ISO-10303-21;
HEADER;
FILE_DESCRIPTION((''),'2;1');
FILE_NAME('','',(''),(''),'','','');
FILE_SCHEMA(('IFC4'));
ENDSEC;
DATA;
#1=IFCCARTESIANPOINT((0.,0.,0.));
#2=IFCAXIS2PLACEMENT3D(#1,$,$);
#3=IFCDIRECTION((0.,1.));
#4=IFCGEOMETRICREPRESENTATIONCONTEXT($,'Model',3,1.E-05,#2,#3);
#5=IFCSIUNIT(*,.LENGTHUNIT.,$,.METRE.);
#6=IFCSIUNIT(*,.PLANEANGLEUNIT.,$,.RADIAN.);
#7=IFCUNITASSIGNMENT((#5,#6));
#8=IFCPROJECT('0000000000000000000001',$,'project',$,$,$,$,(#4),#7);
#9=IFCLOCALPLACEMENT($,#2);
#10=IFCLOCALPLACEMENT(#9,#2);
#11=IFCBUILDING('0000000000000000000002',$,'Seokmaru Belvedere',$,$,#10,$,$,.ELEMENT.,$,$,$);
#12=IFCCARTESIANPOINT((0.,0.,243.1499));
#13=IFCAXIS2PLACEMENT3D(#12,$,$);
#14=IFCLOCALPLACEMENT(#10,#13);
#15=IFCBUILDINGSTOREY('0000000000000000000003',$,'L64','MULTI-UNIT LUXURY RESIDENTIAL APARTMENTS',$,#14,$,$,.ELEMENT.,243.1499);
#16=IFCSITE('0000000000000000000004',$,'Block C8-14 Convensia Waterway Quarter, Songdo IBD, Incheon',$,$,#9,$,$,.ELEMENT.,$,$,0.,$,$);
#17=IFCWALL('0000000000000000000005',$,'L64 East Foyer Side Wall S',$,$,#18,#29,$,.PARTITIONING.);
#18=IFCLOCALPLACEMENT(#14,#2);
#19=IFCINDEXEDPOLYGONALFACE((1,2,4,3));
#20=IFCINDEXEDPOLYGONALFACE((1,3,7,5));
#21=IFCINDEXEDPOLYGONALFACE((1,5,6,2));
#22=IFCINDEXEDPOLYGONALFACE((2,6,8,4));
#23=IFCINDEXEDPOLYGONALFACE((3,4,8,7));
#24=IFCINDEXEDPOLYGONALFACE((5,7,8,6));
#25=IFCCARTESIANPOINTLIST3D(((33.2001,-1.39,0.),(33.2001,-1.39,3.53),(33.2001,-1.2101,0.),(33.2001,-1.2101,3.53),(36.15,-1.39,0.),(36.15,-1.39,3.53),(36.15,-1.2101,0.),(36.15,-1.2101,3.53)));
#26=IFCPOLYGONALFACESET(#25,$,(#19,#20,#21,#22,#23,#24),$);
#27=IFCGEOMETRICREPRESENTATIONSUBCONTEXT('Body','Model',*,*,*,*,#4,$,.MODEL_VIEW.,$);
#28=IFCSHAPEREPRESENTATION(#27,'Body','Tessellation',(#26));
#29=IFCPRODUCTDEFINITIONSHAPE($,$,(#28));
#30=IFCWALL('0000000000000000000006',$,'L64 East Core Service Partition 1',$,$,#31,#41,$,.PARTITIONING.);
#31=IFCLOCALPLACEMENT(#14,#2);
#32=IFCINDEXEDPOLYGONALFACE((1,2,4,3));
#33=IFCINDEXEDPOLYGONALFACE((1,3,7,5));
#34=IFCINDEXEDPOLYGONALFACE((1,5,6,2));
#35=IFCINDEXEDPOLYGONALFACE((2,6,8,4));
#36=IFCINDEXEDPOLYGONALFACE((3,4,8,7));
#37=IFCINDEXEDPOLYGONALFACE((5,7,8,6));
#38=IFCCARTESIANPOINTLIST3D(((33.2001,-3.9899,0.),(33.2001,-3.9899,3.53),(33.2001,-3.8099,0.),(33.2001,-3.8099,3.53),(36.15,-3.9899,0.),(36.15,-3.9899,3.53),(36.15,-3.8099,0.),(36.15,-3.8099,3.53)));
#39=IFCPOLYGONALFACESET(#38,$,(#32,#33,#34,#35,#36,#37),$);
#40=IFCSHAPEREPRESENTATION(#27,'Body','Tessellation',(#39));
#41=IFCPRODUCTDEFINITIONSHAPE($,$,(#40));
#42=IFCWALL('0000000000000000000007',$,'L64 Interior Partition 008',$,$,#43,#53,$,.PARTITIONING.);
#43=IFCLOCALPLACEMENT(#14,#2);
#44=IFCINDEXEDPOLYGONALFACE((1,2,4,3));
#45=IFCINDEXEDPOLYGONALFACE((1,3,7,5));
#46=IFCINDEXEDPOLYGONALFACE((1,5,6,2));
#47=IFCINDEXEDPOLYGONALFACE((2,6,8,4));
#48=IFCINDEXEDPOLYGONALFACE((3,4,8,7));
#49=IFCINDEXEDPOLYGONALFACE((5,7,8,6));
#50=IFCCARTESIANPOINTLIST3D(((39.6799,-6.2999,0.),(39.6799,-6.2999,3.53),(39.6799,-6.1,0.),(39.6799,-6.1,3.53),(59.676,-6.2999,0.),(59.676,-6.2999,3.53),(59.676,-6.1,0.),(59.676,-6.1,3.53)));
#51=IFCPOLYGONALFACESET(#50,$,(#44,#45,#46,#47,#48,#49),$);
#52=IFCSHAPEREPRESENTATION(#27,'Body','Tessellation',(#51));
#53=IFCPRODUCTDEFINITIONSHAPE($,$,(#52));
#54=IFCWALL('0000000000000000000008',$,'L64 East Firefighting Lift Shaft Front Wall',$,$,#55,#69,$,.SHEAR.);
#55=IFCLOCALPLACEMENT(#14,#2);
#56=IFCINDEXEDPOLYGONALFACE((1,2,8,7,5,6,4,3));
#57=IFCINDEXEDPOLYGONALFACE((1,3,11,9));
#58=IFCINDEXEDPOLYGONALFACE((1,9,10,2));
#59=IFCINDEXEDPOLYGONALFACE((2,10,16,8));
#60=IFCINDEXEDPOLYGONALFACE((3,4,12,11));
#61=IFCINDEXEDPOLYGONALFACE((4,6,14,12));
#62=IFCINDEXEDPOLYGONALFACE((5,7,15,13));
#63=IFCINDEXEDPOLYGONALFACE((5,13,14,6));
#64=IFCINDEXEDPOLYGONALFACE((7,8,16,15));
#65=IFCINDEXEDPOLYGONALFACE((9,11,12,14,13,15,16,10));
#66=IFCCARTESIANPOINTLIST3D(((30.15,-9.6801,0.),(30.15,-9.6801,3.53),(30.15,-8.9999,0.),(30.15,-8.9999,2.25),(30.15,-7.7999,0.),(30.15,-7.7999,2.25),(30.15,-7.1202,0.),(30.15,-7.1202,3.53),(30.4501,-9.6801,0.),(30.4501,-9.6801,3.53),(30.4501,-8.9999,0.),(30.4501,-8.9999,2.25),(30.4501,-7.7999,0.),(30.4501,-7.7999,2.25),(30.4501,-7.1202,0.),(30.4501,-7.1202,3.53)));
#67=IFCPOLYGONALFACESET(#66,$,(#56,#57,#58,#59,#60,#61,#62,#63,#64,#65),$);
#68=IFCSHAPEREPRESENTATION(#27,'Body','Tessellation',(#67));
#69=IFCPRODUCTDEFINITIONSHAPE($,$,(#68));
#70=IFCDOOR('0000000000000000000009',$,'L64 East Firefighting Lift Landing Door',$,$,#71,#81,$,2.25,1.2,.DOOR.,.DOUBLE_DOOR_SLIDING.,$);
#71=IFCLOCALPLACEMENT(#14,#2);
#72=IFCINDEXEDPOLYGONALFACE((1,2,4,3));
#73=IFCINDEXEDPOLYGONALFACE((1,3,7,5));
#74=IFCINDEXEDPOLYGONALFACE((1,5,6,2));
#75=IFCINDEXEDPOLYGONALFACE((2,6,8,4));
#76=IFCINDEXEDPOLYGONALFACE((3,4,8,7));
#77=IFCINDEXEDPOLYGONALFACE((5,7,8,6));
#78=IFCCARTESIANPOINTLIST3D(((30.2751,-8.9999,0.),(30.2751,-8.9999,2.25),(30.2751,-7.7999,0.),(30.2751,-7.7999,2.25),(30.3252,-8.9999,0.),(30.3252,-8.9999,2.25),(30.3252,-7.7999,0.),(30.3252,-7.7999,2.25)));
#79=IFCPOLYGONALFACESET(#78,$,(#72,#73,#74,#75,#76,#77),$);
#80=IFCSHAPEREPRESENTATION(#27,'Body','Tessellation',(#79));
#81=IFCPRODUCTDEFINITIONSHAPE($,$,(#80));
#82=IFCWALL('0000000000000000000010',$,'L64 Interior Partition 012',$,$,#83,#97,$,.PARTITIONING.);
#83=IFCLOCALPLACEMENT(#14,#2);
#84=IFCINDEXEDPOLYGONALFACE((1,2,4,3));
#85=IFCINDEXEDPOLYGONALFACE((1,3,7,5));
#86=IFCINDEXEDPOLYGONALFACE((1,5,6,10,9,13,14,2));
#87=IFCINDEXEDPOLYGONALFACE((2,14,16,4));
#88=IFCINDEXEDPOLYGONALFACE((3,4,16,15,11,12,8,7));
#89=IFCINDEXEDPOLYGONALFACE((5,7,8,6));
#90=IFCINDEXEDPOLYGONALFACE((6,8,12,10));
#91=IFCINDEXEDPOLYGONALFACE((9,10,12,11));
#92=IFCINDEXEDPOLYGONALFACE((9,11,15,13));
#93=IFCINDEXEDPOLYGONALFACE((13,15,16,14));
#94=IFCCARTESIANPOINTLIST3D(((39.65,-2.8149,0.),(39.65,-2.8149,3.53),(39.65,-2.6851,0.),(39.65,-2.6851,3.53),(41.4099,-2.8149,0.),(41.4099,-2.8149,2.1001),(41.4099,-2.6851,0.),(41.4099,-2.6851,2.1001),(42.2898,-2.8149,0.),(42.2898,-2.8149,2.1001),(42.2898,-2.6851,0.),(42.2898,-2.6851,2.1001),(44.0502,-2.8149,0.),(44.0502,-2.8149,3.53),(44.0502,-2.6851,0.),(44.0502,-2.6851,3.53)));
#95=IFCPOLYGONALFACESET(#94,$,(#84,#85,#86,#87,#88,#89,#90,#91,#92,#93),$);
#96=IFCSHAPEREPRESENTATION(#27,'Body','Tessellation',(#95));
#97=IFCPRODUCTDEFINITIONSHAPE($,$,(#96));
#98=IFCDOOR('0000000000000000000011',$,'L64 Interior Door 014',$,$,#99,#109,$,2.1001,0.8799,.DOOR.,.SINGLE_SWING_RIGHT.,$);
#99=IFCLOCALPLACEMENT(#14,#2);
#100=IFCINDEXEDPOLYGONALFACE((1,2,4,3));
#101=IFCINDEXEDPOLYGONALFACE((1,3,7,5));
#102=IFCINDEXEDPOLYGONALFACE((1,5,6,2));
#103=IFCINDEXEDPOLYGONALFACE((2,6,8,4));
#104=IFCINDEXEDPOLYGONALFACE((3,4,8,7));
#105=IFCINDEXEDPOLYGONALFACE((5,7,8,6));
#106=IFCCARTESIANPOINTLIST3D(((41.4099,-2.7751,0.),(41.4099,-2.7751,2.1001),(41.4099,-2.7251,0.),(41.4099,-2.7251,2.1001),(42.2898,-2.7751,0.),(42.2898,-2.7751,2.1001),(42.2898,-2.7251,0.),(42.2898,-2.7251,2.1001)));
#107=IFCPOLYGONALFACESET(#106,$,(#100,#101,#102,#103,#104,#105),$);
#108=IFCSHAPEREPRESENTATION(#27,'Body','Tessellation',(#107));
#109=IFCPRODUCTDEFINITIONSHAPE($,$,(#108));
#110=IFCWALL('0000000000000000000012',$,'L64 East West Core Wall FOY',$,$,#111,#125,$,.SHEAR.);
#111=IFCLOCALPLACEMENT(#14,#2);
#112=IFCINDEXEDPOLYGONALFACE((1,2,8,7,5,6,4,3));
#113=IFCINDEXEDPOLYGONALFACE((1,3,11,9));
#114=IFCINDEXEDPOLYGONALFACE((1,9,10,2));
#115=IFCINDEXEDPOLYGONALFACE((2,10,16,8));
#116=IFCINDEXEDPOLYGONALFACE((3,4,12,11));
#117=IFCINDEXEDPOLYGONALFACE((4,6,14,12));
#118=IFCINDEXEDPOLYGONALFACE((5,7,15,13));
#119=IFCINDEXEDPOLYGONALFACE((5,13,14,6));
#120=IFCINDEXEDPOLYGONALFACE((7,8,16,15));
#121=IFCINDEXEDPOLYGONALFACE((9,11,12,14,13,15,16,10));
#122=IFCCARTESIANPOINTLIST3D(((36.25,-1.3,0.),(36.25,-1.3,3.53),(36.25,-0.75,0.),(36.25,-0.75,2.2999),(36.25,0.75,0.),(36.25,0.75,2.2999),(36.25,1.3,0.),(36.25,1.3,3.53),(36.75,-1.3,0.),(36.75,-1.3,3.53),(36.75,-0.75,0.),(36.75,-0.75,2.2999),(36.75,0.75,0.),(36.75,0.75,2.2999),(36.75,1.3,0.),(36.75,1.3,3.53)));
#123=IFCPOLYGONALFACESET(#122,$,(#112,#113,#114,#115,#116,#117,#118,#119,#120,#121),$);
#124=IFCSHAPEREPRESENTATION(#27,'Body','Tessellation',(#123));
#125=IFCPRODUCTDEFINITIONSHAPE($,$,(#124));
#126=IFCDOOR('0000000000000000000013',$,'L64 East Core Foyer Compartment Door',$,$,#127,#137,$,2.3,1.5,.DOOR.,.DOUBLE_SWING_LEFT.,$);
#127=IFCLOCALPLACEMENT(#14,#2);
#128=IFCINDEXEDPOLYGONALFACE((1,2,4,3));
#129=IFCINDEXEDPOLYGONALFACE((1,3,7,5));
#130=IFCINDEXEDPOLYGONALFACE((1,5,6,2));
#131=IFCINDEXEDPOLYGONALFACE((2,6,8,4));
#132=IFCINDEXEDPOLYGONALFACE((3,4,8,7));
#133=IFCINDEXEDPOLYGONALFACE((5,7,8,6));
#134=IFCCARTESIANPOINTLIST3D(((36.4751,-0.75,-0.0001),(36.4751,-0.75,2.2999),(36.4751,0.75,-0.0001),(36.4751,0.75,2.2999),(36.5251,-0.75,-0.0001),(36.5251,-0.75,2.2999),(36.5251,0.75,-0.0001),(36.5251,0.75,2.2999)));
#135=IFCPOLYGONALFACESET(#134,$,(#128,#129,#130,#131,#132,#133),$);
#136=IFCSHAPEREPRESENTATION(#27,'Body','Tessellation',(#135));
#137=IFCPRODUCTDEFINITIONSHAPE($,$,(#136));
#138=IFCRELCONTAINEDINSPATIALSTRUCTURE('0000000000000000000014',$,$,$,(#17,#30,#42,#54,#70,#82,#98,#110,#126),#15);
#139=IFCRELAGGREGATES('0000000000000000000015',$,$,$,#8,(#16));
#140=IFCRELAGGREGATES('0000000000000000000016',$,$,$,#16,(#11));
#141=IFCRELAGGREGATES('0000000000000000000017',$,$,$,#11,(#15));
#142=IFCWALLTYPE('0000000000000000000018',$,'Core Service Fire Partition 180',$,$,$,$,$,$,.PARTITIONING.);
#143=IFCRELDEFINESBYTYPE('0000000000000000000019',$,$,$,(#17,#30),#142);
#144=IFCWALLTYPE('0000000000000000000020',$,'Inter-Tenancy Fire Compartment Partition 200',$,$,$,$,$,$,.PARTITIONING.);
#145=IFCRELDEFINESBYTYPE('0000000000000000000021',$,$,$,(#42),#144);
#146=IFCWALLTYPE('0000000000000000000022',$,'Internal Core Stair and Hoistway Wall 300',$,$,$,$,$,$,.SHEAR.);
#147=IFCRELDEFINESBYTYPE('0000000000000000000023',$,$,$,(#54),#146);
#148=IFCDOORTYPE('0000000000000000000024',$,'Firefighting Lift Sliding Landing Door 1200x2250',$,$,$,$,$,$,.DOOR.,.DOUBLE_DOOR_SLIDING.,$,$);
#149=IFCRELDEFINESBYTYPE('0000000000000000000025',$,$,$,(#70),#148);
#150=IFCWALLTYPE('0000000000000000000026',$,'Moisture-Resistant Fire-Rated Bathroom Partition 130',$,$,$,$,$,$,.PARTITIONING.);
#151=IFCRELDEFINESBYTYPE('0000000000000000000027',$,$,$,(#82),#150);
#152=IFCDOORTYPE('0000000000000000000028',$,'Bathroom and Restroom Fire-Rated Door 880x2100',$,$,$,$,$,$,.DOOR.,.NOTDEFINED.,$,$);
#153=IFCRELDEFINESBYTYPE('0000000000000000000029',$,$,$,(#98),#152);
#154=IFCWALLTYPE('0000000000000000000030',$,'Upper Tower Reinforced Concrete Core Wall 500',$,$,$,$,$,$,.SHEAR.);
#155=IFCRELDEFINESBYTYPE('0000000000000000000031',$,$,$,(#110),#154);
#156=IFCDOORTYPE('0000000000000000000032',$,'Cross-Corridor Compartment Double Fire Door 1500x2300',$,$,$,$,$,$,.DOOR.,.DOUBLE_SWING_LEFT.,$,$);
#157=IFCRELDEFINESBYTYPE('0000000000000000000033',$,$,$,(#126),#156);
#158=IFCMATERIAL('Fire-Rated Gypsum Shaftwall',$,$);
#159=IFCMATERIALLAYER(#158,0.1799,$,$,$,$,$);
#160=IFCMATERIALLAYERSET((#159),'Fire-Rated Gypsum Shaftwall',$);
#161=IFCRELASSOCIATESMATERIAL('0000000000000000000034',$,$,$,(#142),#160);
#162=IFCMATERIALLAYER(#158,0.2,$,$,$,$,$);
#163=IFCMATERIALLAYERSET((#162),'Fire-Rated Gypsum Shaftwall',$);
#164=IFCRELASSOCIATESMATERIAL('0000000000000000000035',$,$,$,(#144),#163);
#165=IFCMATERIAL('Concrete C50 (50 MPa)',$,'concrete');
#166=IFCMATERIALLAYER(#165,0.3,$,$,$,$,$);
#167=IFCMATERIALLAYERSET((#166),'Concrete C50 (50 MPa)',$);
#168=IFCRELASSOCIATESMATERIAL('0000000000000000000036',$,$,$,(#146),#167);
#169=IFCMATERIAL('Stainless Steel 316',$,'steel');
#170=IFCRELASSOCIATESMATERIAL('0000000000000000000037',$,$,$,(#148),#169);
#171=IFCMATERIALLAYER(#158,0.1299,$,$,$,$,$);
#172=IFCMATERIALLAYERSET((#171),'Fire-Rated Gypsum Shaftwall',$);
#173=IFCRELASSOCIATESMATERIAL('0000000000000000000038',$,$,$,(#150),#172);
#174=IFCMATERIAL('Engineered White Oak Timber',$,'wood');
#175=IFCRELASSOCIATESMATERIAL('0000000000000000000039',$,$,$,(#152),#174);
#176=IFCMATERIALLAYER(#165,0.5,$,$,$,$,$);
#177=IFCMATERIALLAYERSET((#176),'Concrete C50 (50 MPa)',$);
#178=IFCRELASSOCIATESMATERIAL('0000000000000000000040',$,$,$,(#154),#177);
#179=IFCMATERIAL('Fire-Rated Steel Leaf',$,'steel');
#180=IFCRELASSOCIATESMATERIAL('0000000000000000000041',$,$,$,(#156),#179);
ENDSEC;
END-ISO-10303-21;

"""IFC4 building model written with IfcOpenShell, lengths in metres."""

from ifc_helpers import new_model, si_unit, direction, frame, frame_2d, origin, place, context, subcontext, project, spatial, rectangle, extrude, source, transform, mapped, material, layer, layer_set, type_object, type_shapes, element, fill, save


model = new_model("IFC4")

# Units and contexts
model_context = context("Model", 3, precision=1e-05, world=origin(), true_north=direction((0.0, 1.0)))
body_context = subcontext(model_context, "Body", "Model", "MODEL_VIEW")
ifc_project = project(units=[si_unit("LENGTHUNIT", "METRE"), si_unit("PLANEANGLEUNIT", "RADIAN")], contexts=[model_context])

# Site, building, storey
site_placement = place(None, origin())
site = spatial("IfcSite", under=ifc_project, at=site_placement, Name="Block C8-14 Convensia Waterway Quarter, Songdo IBD, Incheon", CompositionType="ELEMENT", RefElevation=0.0)
building_placement = place(site_placement, origin())
building = spatial("IfcBuilding", under=site, at=building_placement, Name="Seokmaru Belvedere", CompositionType="ELEMENT")
storey_placement = place(building_placement, frame((0.0, 0.0, 243.1499)))
storey = spatial("IfcBuildingStorey", under=building, at=storey_placement, Name="L64", Description="MULTI-UNIT LUXURY RESIDENTIAL APARTMENTS", CompositionType="ELEMENT", Elevation=243.1499)

# Shared definitions
ifc_material_1 = material(Name="Fire-Rated Gypsum Shaftwall")
ifc_layer_1 = layer(ifc_material_1, 0.1799)
ifc_layer_set_1 = layer_set([ifc_layer_1], Name="Fire-Rated Gypsum Shaftwall")
wall_type_1 = type_object("IfcWallType", Name="Core Service Fire Partition 180", PredefinedType="PARTITIONING", material=ifc_layer_set_1)

# Shared definitions
ifc_material_2 = material(Name="Fire-Rated Steel Leaf", Category="steel")

# Walls
for number, where, z_axis, x_axis, name in (
    (1, (33.2, -1.3, 0.0), (0.0, 0.0, 1.0), (1.0, 0.0, 0.0), "L64 East Foyer Side Wall S"),
    (2, (33.2, -3.8999, 0.0), (0.0, 0.0, 1.0), (1.0, 0.0, 0.0), "L64 East Core Service Partition 1"),
):
    element("IfcWall", number, at=place(storey_placement, frame(where, z_axis=z_axis, x_axis=x_axis)), inside=storey, type_object=wall_type_1, Name=name, PredefinedType="PARTITIONING", context=body_context, shape_type="SweptSolid", body=[
        extrude(rectangle(XDim=2.95, YDim=0.1799, at=frame_2d((1.4751, 0.0))), origin(), (0.0, 0.0, 1.0), 3.53),
    ])
ifc_layer_2 = layer(ifc_material_1, 0.2)
ifc_layer_set_2 = layer_set([ifc_layer_2], Name="Fire-Rated Gypsum Shaftwall")
wall_type_2 = type_object("IfcWallType", Name="Inter-Tenancy Fire Compartment Partition 200", PredefinedType="PARTITIONING", material=ifc_layer_set_2)
wall_1_placement = place(storey_placement, frame((39.6799, -6.2, 0.0), z_axis=(0.0, 0.0, 1.0), x_axis=(1.0, 0.0, 0.0)))
element("IfcWall", 3, at=wall_1_placement, inside=storey, type_object=wall_type_2, Name="L64 Interior Partition 008", PredefinedType="PARTITIONING", context=body_context, shape_type="SweptSolid", body=[
    extrude(rectangle(XDim=19.9961, YDim=0.2, at=frame_2d((9.998, 0.0))), origin(), (0.0, 0.0, 1.0), 3.53),
])

# Walls, openings, doors
ifc_material_3 = material(Name="Concrete C50 (50 MPa)", Category="concrete")
ifc_layer_3 = layer(ifc_material_3, 0.3)
ifc_layer_set_3 = layer_set([ifc_layer_3], Name="Concrete C50 (50 MPa)")
wall_type_3 = type_object("IfcWallType", Name="Internal Core Stair and Hoistway Wall 300", PredefinedType="SHEAR", material=ifc_layer_set_3)
wall_2_placement = place(storey_placement, frame((30.3, -9.6799, 0.0), z_axis=(0.0, 0.0, 1.0), x_axis=(0.0, 1.0, 0.0)))
wall_2 = element("IfcWall", 4, at=wall_2_placement, inside=storey, type_object=wall_type_3, Name="L64 East Firefighting Lift Shaft Front Wall", PredefinedType="SHEAR", context=body_context, shape_type="SweptSolid", body=[
    extrude(rectangle(XDim=2.5598, YDim=0.3, at=frame_2d((1.2798, 0.0))), origin(), (0.0, 0.0, 1.0), 3.53),
])
opening_1_placement = place(wall_2_placement, frame((0.6799, 0.0, 0.0)))
opening_1 = element("IfcOpeningElement", 5, at=opening_1_placement, cuts=wall_2, PredefinedType="OPENING", context=body_context, shape_type="SweptSolid", body=[
    extrude(rectangle(XDim=1.2, YDim=2.25, at=frame_2d((0.6001, 1.125))), frame((0.0, 0.1602, 0.0), z_axis=(0.0, -1.0, 0.0), x_axis=(1.0, 0.0, 0.0)), (0.0, 0.0, 1.0), 0.3201),
])
ifc_material_4 = material(Name="Stainless Steel 316", Category="steel")
door_type_1 = type_object("IfcDoorType", Name="Firefighting Lift Sliding Landing Door 1200x2250", OperationType="DOUBLE_DOOR_SLIDING", PredefinedType="DOOR", material=ifc_material_4)
shared_shape_1 = source(origin(), body_context, "Body", "SweptSolid", [
    extrude(rectangle(XDim=1.2, YDim=2.25, at=frame_2d((0.6001, 1.125))), frame((0.0, 0.0249, 0.0), z_axis=(0.0, -1.0, 0.0), x_axis=(1.0, 0.0, 0.0)), (0.0, 0.0, 1.0), 0.05),
])
type_shapes(door_type_1, [shared_shape_1])
door_1_placement = place(opening_1_placement, origin())
door_1 = element("IfcDoor", 6, at=door_1_placement, inside=storey, type_object=door_type_1, Name="L64 East Firefighting Lift Landing Door", OperationType="DOUBLE_DOOR_SLIDING", OverallHeight=2.25, OverallWidth=1.2, PredefinedType="DOOR", context=body_context, shape_type="MappedRepresentation", body=[
    mapped(shared_shape_1, transform((0.0, 0.0, 0.0), scale=1.0)),
])
fill(opening_1, door_1)
ifc_layer_4 = layer(ifc_material_1, 0.1299)
ifc_layer_set_4 = layer_set([ifc_layer_4], Name="Fire-Rated Gypsum Shaftwall")
wall_type_4 = type_object("IfcWallType", Name="Moisture-Resistant Fire-Rated Bathroom Partition 130", PredefinedType="PARTITIONING", material=ifc_layer_set_4)
wall_3_placement = place(storey_placement, frame((39.6499, -2.75, 0.0), z_axis=(0.0, 0.0, 1.0), x_axis=(1.0, 0.0, 0.0)))
wall_3 = element("IfcWall", 7, at=wall_3_placement, inside=storey, type_object=wall_type_4, Name="L64 Interior Partition 012", PredefinedType="PARTITIONING", context=body_context, shape_type="SweptSolid", body=[
    extrude(rectangle(XDim=4.4001, YDim=0.1299, at=frame_2d((2.2002, 0.0))), origin(), (0.0, 0.0, 1.0), 3.53),
])
opening_2_placement = place(wall_3_placement, frame((1.76, 0.0, 0.0)))
opening_2 = element("IfcOpeningElement", 8, at=opening_2_placement, cuts=wall_3, PredefinedType="OPENING", context=body_context, shape_type="SweptSolid", body=[
    extrude(rectangle(XDim=0.8799, YDim=2.1001, at=frame_2d((0.4399, 1.05))), frame((0.0, 0.075, 0.0), z_axis=(0.0, -1.0, 0.0), x_axis=(1.0, 0.0, 0.0)), (0.0, 0.0, 1.0), 0.1499),
])
ifc_material_5 = material(Name="Engineered White Oak Timber", Category="wood")
door_type_2 = type_object("IfcDoorType", Name="Bathroom and Restroom Fire-Rated Door 880x2100", OperationType="NOTDEFINED", PredefinedType="DOOR", material=ifc_material_5)
shared_shape_2 = source(origin(), body_context, "Body", "SweptSolid", [
    extrude(rectangle(XDim=0.8799, YDim=2.1001, at=frame_2d((0.4399, 1.05))), frame((0.0, 0.0249, 0.0), z_axis=(0.0, -1.0, 0.0), x_axis=(1.0, 0.0, 0.0)), (0.0, 0.0, 1.0), 0.05),
])
type_shapes(door_type_2, [shared_shape_2])
door_2_placement = place(opening_2_placement, origin())
door_2 = element("IfcDoor", 9, at=door_2_placement, inside=storey, type_object=door_type_2, Name="L64 Interior Door 014", OperationType="SINGLE_SWING_RIGHT", OverallHeight=2.1001, OverallWidth=0.8799, PredefinedType="DOOR", context=body_context, shape_type="MappedRepresentation", body=[
    mapped(shared_shape_2, transform((0.0, 0.0, 0.0), scale=1.0)),
])
fill(opening_2, door_2)
ifc_layer_5 = layer(ifc_material_3, 0.5)
ifc_layer_set_5 = layer_set([ifc_layer_5], Name="Concrete C50 (50 MPa)")
wall_type_5 = type_object("IfcWallType", Name="Upper Tower Reinforced Concrete Core Wall 500", PredefinedType="SHEAR", material=ifc_layer_set_5)
wall_4_placement = place(storey_placement, frame((36.5, -1.3, 0.0), z_axis=(0.0, 0.0, 1.0), x_axis=(0.0, 1.0, 0.0)))
wall_4 = element("IfcWall", 10, at=wall_4_placement, inside=storey, type_object=wall_type_5, Name="L64 East West Core Wall FOY", PredefinedType="SHEAR", context=body_context, shape_type="SweptSolid", body=[
    extrude(rectangle(XDim=2.6001, YDim=0.5, at=frame_2d((1.3, 0.0))), origin(), (0.0, 0.0, 1.0), 3.53),
])
opening_3_placement = place(wall_4_placement, frame((0.55, 0.0, 0.0)))
opening_3 = element("IfcOpeningElement", 11, at=opening_3_placement, cuts=wall_4, PredefinedType="OPENING", context=body_context, shape_type="SweptSolid", body=[
    extrude(rectangle(XDim=1.5, YDim=2.3, at=frame_2d((0.75, 1.1499))), frame((0.0, 0.26, 0.0), z_axis=(0.0, -1.0, 0.0), x_axis=(1.0, 0.0, 0.0)), (0.0, 0.0, 1.0), 0.52),
])
door_type_3 = type_object("IfcDoorType", Name="Cross-Corridor Compartment Double Fire Door 1500x2300", OperationType="DOUBLE_SWING_LEFT", PredefinedType="DOOR", material=ifc_material_2)
shared_shape_3 = source(origin(), body_context, "Body", "SweptSolid", [
    extrude(rectangle(XDim=1.5, YDim=2.3, at=frame_2d((0.75, 1.1499))), frame((0.0, 0.0249, 0.0), z_axis=(0.0, -1.0, 0.0), x_axis=(1.0, 0.0, 0.0)), (0.0, 0.0, 1.0), 0.05),
])
type_shapes(door_type_3, [shared_shape_3])
door_3_placement = place(opening_3_placement, origin())
door_3 = element("IfcDoor", 12, at=door_3_placement, inside=storey, type_object=door_type_3, Name="L64 East Core Foyer Compartment Door", OperationType="DOUBLE_SWING_LEFT", OverallHeight=2.3, OverallWidth=1.5, PredefinedType="DOOR", context=body_context, shape_type="MappedRepresentation", body=[
    mapped(shared_shape_3, transform((0.0, 0.0, 0.0), scale=1.0)),
])
fill(opening_3, door_3)

save(model, "model.ifc")
